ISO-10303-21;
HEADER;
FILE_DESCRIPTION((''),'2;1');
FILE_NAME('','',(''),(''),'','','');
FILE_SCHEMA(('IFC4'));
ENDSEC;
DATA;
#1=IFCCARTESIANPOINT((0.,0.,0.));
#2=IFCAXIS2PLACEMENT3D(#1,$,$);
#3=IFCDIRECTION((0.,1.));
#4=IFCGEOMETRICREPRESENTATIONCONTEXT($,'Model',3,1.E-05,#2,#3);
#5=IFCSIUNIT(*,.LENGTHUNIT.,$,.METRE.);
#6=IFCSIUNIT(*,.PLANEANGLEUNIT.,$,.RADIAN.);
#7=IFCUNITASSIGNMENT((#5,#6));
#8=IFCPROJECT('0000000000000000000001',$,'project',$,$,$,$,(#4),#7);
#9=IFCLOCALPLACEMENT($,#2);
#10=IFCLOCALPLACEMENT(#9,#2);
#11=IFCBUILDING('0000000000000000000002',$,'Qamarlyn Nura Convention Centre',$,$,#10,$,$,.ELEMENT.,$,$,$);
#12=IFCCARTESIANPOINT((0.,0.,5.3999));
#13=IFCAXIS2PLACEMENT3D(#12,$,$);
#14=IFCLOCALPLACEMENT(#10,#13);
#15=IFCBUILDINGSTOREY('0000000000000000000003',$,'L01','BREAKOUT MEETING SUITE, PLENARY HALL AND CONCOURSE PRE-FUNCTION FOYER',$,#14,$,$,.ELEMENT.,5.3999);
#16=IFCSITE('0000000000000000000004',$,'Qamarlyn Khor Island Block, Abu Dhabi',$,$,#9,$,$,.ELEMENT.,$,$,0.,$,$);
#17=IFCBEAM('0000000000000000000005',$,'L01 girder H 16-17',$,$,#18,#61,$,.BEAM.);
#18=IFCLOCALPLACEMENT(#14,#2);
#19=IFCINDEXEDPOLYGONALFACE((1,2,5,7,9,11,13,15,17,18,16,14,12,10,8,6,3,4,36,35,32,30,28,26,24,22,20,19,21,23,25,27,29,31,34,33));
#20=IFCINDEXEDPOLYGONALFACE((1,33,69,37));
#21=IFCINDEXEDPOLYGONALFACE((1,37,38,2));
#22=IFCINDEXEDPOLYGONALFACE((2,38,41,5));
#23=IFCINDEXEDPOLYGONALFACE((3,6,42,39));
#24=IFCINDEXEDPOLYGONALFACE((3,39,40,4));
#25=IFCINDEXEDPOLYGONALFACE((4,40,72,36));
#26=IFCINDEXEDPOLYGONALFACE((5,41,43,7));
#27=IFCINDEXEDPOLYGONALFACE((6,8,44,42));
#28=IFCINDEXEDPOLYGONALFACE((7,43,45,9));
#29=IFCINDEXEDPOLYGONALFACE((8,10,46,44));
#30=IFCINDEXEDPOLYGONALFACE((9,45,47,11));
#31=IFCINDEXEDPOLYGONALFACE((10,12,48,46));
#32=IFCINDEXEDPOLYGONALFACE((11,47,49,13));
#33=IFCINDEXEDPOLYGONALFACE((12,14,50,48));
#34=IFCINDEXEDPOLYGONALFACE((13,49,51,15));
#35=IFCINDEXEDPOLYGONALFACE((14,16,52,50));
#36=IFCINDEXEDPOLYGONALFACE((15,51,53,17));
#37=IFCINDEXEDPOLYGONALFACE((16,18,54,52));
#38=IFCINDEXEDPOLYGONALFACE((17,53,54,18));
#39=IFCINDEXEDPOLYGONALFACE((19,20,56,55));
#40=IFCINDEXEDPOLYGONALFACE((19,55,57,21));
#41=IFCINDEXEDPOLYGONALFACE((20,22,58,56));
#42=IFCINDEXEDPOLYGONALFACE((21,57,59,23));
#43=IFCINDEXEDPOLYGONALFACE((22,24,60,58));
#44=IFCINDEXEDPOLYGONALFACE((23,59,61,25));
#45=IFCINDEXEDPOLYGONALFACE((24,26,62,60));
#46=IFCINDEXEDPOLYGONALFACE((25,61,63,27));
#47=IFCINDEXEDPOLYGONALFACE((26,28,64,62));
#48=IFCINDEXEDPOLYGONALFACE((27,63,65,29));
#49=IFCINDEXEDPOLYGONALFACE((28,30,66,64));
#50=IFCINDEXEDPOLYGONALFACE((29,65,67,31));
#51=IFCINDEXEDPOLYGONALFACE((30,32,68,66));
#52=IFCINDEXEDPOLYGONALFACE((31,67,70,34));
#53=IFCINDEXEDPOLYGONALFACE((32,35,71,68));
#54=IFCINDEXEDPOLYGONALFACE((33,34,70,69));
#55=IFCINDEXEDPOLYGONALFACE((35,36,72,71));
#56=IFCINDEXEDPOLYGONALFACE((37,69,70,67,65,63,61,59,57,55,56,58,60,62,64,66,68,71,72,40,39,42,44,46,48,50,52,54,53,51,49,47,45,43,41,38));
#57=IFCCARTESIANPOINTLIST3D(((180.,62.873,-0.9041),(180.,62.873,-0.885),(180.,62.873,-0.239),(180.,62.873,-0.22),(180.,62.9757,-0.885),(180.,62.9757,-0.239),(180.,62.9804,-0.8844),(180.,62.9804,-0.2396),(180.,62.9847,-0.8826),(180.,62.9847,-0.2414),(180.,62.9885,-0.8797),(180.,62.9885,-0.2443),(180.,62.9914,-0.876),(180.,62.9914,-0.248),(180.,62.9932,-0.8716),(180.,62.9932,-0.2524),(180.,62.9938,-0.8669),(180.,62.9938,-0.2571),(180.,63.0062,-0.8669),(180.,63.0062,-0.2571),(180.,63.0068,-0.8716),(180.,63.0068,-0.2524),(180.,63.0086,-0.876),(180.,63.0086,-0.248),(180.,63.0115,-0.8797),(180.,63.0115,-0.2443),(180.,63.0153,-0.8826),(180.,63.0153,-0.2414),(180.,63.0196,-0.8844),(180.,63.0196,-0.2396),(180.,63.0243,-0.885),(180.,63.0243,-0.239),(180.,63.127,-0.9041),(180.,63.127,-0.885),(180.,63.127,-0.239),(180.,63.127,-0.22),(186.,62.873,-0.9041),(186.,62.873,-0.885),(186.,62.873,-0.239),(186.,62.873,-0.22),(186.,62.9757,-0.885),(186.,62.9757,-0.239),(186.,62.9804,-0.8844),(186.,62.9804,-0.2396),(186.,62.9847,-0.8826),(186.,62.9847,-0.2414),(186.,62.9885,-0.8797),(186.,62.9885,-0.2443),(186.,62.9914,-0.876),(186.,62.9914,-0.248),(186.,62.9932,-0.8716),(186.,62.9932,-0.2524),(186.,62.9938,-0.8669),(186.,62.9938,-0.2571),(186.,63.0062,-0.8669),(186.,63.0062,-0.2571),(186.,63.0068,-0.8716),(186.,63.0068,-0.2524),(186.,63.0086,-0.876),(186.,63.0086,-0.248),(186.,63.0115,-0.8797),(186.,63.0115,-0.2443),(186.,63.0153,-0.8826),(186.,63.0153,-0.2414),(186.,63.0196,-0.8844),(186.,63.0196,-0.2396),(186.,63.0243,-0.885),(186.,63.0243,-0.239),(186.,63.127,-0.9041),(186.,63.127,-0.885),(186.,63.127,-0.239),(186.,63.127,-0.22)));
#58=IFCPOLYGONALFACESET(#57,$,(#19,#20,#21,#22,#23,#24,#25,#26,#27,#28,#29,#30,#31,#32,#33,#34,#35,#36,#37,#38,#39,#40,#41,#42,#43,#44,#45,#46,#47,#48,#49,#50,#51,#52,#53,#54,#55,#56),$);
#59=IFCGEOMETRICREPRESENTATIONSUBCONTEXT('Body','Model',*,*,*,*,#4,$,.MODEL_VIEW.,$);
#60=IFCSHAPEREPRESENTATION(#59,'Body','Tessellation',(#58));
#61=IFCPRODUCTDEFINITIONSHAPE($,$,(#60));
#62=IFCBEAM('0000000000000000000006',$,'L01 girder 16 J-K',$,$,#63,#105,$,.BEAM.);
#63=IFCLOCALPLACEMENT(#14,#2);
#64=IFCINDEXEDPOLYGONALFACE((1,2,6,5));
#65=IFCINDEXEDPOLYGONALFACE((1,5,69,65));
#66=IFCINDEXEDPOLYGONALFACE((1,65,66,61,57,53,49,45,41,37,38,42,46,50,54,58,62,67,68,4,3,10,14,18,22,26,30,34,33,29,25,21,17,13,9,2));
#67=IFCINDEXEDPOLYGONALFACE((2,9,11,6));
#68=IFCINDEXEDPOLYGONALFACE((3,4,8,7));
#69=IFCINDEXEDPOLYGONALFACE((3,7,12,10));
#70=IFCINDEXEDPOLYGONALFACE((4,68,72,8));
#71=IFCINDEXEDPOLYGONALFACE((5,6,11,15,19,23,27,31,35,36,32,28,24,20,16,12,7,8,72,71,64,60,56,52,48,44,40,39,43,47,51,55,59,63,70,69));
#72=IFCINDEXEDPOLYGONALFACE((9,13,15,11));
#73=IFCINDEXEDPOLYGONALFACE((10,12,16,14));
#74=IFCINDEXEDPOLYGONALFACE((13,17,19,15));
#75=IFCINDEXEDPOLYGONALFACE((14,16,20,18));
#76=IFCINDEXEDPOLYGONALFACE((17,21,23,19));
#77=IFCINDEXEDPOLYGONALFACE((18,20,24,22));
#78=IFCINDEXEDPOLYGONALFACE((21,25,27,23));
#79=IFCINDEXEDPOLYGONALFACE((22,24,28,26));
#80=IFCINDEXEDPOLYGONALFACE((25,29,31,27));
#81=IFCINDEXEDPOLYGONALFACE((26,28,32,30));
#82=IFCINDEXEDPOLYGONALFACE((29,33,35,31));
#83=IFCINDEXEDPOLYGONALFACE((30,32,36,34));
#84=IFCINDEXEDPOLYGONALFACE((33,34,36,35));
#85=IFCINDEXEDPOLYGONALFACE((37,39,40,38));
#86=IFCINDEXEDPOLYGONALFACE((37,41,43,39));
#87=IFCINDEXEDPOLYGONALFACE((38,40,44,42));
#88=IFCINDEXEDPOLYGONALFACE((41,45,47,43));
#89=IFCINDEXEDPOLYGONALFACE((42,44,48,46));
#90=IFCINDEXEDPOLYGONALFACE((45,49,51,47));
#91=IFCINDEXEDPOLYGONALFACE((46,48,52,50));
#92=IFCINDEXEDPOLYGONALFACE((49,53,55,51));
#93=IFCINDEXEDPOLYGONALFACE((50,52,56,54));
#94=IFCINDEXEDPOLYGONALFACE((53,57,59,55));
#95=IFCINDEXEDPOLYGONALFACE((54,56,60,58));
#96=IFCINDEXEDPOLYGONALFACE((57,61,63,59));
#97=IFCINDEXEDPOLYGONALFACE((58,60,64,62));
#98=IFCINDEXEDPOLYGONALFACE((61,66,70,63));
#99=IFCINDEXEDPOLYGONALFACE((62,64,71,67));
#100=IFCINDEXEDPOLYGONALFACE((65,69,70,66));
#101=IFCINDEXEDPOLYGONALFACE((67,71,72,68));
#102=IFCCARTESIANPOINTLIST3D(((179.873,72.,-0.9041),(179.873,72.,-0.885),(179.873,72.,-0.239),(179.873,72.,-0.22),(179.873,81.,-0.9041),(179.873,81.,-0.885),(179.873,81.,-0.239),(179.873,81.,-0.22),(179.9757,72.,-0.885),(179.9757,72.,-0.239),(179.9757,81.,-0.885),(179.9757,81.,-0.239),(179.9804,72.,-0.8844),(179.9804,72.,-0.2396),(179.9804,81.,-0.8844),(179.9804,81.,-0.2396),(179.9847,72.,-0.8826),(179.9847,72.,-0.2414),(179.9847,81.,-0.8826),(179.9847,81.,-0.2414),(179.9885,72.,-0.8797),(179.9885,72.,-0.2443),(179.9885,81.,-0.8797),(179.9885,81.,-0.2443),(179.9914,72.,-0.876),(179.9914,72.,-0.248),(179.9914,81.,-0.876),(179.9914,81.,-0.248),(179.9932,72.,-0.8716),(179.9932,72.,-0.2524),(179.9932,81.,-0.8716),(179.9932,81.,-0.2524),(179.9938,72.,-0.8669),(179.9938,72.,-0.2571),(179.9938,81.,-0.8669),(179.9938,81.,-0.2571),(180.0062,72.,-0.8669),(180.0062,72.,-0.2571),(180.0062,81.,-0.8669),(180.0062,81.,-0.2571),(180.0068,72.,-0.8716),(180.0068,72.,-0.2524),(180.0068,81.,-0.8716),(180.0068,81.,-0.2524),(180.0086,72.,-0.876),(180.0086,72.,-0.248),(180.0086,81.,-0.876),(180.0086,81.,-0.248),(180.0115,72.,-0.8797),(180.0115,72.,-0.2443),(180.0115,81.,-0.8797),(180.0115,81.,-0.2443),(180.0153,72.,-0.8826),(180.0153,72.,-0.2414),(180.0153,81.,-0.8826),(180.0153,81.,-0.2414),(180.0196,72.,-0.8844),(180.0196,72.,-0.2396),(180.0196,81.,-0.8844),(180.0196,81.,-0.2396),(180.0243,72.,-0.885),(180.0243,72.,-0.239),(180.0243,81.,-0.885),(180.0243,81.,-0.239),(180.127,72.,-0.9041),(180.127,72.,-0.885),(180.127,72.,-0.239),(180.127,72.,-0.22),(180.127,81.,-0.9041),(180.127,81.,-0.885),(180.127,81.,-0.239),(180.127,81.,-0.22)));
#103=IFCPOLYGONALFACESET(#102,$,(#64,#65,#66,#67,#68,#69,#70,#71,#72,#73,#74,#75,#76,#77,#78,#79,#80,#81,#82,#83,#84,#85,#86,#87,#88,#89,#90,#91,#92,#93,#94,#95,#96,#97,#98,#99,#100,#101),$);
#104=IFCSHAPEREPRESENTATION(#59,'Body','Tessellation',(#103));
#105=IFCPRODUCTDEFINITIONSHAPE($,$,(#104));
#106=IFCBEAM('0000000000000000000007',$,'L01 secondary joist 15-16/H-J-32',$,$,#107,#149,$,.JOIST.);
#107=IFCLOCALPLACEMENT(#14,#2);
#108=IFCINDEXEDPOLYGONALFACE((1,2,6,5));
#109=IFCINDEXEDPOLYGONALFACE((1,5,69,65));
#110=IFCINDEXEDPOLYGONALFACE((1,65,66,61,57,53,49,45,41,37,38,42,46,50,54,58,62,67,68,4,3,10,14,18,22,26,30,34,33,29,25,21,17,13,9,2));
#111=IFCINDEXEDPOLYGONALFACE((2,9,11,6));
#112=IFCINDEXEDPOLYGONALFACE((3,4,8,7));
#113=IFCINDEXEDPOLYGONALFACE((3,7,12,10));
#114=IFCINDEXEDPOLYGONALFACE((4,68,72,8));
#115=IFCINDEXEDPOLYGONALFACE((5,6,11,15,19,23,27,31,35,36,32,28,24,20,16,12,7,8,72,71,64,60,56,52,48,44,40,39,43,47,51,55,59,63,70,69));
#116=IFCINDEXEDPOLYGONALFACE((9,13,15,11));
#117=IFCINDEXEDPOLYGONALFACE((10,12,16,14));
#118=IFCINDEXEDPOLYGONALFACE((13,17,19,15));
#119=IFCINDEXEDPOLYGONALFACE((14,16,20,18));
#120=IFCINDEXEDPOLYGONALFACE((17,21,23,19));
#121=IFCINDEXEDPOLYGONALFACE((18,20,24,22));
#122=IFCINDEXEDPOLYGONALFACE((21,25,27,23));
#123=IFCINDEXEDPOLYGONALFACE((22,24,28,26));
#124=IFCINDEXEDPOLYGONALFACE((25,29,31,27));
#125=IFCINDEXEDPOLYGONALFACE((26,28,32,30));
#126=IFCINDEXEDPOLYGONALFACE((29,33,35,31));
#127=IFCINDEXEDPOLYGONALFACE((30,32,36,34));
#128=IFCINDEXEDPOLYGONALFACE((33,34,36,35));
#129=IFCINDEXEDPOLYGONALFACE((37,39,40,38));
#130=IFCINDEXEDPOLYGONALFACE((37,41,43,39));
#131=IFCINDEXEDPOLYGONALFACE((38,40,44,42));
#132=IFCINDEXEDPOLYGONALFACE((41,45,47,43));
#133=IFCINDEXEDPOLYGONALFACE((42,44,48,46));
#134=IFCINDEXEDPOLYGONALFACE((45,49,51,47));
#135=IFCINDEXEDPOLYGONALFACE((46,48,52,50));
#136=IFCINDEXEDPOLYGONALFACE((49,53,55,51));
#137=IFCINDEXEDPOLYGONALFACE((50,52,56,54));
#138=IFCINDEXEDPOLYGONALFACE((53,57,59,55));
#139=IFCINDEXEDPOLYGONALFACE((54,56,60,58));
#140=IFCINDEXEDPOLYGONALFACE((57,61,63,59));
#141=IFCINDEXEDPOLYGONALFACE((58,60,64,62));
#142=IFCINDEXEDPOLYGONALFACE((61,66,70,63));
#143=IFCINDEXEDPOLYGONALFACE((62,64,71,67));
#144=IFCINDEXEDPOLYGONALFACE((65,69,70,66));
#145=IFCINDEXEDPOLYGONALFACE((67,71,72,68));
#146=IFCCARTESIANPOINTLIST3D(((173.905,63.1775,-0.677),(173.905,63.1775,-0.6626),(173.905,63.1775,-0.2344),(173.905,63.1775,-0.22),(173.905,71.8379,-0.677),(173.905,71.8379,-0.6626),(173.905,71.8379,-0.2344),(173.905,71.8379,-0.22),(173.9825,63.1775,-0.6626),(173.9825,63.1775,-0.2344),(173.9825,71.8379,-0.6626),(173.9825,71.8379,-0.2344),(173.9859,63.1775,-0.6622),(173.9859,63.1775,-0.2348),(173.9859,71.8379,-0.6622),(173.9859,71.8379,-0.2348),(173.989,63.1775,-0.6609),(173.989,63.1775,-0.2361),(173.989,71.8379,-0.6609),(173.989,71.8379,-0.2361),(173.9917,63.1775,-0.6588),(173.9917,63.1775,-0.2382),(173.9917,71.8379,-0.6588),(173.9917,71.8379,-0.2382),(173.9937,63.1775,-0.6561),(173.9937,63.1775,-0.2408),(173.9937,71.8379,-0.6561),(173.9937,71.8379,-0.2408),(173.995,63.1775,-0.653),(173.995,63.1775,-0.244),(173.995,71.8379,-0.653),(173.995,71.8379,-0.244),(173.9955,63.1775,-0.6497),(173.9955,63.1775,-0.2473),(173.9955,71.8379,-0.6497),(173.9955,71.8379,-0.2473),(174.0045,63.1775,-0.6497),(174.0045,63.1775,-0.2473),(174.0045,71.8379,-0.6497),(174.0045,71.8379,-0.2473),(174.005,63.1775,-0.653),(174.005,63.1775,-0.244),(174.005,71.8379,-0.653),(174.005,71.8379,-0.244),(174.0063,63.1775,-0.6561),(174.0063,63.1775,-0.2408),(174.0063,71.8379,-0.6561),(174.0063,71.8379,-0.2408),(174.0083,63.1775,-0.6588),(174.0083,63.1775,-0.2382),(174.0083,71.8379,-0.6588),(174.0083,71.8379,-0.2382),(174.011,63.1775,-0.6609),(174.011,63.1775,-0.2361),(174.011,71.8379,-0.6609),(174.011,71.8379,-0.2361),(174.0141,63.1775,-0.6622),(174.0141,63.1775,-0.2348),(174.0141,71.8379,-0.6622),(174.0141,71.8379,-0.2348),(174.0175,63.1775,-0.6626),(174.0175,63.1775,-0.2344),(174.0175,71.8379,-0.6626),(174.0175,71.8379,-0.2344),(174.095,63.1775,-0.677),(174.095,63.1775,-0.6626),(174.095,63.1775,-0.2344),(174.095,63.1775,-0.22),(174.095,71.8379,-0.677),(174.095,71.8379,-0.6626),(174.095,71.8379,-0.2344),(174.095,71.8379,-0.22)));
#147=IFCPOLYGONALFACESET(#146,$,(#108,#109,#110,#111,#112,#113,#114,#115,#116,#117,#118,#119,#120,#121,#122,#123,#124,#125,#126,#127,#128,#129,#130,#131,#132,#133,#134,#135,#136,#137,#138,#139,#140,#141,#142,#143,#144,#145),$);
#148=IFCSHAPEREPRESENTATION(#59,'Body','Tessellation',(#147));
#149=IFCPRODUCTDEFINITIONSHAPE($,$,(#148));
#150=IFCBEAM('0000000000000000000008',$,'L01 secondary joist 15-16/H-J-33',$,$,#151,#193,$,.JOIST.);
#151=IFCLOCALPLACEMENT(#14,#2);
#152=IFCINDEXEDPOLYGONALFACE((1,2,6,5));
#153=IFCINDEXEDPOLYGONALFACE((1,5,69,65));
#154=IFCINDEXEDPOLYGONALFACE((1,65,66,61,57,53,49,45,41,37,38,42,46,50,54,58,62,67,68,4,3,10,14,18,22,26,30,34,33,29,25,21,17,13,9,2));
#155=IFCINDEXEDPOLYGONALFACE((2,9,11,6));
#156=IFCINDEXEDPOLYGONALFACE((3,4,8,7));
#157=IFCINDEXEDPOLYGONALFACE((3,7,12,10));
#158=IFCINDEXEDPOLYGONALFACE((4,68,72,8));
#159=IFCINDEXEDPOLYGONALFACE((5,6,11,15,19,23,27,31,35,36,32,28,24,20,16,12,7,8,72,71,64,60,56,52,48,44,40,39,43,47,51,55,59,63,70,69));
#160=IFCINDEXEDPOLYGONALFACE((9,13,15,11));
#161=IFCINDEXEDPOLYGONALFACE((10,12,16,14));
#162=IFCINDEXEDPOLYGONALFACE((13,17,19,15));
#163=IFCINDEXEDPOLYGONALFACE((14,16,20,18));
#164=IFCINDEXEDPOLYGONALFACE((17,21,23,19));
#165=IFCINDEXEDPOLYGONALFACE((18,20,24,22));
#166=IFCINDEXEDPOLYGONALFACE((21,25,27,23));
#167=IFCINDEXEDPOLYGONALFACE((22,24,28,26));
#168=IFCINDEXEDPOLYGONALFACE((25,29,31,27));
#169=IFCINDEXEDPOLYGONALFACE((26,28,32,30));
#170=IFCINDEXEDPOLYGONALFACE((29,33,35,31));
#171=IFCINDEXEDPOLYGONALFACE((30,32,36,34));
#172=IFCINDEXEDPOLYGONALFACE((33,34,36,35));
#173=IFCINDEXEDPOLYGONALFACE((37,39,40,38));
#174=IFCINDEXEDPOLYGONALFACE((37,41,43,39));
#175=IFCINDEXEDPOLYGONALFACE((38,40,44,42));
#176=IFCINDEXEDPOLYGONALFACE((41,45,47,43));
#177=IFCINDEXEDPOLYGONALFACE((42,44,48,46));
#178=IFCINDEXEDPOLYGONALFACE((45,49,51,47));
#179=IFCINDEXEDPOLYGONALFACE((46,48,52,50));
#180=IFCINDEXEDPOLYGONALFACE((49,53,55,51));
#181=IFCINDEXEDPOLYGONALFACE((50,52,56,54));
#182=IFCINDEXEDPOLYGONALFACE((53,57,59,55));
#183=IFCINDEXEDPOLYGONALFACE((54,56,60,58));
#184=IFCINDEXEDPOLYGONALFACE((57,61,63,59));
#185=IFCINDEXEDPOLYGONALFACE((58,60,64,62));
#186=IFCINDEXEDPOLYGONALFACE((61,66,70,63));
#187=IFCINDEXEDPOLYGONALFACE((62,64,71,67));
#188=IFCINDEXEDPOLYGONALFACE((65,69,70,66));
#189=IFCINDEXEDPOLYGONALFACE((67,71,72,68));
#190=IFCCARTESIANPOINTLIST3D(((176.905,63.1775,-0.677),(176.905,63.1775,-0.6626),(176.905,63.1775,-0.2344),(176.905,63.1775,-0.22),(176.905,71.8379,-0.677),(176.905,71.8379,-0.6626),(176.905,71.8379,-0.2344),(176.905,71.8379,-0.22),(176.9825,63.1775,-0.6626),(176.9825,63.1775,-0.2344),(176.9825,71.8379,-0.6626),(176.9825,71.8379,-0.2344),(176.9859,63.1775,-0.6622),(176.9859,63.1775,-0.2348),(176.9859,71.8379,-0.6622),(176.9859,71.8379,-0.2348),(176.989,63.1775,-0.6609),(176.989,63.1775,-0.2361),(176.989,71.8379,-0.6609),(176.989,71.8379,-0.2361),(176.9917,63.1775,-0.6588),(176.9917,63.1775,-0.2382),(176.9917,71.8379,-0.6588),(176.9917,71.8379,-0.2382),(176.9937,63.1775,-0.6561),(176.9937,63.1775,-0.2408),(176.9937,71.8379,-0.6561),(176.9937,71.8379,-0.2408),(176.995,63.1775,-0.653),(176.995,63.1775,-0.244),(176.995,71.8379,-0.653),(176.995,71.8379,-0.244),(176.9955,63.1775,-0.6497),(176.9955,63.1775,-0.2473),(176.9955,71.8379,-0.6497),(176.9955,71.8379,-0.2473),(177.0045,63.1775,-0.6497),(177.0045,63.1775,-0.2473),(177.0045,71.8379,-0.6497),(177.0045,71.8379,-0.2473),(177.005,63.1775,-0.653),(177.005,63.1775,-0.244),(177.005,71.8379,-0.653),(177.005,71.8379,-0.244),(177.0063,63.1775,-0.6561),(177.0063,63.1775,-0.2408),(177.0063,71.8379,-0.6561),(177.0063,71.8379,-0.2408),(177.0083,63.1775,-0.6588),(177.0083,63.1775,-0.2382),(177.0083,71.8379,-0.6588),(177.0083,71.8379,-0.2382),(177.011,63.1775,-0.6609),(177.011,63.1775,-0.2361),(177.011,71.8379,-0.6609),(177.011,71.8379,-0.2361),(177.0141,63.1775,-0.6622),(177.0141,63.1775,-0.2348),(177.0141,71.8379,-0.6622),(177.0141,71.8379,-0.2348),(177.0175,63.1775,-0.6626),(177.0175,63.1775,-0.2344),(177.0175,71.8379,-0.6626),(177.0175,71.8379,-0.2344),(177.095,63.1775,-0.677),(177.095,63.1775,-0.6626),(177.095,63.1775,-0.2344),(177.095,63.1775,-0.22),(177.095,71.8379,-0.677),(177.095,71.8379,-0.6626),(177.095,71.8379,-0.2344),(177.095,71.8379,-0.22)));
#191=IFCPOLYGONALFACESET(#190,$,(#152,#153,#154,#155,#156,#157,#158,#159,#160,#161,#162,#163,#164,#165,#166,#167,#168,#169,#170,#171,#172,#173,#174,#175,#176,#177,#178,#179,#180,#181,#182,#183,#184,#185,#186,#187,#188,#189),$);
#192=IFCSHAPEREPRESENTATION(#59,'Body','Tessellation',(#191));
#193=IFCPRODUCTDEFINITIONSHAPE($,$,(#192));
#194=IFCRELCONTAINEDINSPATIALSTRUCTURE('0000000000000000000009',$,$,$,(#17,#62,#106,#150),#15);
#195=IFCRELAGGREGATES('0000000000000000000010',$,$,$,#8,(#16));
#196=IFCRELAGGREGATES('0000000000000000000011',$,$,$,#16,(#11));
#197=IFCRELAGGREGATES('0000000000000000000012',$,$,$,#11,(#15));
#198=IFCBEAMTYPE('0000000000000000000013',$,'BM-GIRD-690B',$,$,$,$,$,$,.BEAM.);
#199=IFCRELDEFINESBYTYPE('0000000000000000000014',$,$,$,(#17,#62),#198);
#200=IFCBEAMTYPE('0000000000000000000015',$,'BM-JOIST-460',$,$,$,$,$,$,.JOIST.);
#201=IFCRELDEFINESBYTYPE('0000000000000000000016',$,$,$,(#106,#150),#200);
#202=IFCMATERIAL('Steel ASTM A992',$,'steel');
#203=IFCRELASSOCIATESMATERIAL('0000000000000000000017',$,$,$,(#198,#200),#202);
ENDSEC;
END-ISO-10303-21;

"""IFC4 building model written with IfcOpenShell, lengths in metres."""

from ifc_helpers import new_model, si_unit, direction, frame, origin, origin_2d, place, context, subcontext, project, spatial, i_section, extrude, material, material_profile, profile_set, type_object, element, save


model = new_model("IFC4")

# Units and contexts
model_context = context("Model", 3, precision=1e-05, world=origin(), true_north=direction((0.0, 1.0)))
body_context = subcontext(model_context, "Body", "Model", "MODEL_VIEW")
ifc_project = project(units=[si_unit("LENGTHUNIT", "METRE"), si_unit("PLANEANGLEUNIT", "RADIAN")], contexts=[model_context])

# Site, building, storey
site_placement = place(None, origin())
site = spatial("IfcSite", under=ifc_project, at=site_placement, Name="Qamarlyn Khor Island Block, Abu Dhabi", CompositionType="ELEMENT", RefElevation=0.0)
building_placement = place(site_placement, origin())
building = spatial("IfcBuilding", under=site, at=building_placement, Name="Qamarlyn Nura Convention Centre", CompositionType="ELEMENT")
storey_placement = place(building_placement, frame((0.0, 0.0, 5.3999)))
storey = spatial("IfcBuildingStorey", under=building, at=storey_placement, Name="L01", Description="BREAKOUT MEETING SUITE, PLENARY HALL AND CONCOURSE PRE-FUNCTION FOYER", CompositionType="ELEMENT", Elevation=5.3999)

# Shared definitions
ifc_material_1 = material(Name="Steel ASTM A992", Category="steel")

# Beams
ifc_material_profile_1 = material_profile(ifc_material_1, i_section(OverallWidth=0.2539, OverallDepth=0.6841, WebThickness=0.0125, FlangeThickness=0.019, FilletRadius=0.0181, at=origin_2d()), Name="W690X140")
ifc_profile_set_1 = profile_set([ifc_material_profile_1], Name="Steel ASTM A992")
beam_type_1 = type_object("IfcBeamType", Name="BM-GIRD-690B", PredefinedType="BEAM", material=ifc_profile_set_1)
beam_1_placement = place(storey_placement, frame((180.0, 63.0, -0.562), z_axis=(1.0, 0.0, 0.0), x_axis=(0.0, 1.0, 0.0)))
element("IfcBeam", 1, at=beam_1_placement, inside=storey, type_object=beam_type_1, Name="L01 girder H 16-17", PredefinedType="BEAM", context=body_context, shape_type="SweptSolid", body=[
    extrude(i_section(OverallWidth=0.2539, OverallDepth=0.6841, WebThickness=0.0125, FlangeThickness=0.019, FilletRadius=0.0181, at=origin_2d()), origin(), (0.0, 0.0, 1.0), 6.0),
])
beam_2_placement = place(storey_placement, frame((180.0, 72.0, -0.562), z_axis=(0.0, 1.0, 0.0), x_axis=(-1.0, 0.0, 0.0)))
element("IfcBeam", 2, at=beam_2_placement, inside=storey, type_object=beam_type_1, Name="L01 girder 16 J-K", PredefinedType="BEAM", context=body_context, shape_type="SweptSolid", body=[
    extrude(i_section(OverallWidth=0.2539, OverallDepth=0.6841, WebThickness=0.0125, FlangeThickness=0.019, FilletRadius=0.0181, at=origin_2d()), origin(), (0.0, 0.0, 1.0), 9.0),
])
ifc_material_profile_2 = material_profile(ifc_material_1, i_section(OverallWidth=0.1899, OverallDepth=0.457, WebThickness=0.009, FlangeThickness=0.0144, FilletRadius=0.0129, at=origin_2d()), Name="W460X74")
ifc_profile_set_2 = profile_set([ifc_material_profile_2], Name="Steel ASTM A992")
beam_type_2 = type_object("IfcBeamType", Name="BM-JOIST-460", PredefinedType="JOIST", material=ifc_profile_set_2)
for number, where, z_axis, x_axis, name in (
    (3, (174.0, 63.1775, -0.4485), (0.0, 1.0, 0.0), (-1.0, 0.0, 0.0), "L01 secondary joist 15-16/H-J-32"),
    (4, (177.0, 63.1775, -0.4485), (0.0, 1.0, 0.0), (-1.0, 0.0, 0.0), "L01 secondary joist 15-16/H-J-33"),
):
    element("IfcBeam", number, at=place(storey_placement, frame(where, z_axis=z_axis, x_axis=x_axis)), inside=storey, type_object=beam_type_2, Name=name, PredefinedType="JOIST", context=body_context, shape_type="SweptSolid", body=[
        extrude(i_section(OverallWidth=0.1899, OverallDepth=0.457, WebThickness=0.009, FlangeThickness=0.0144, FilletRadius=0.0129, at=origin_2d()), origin(), (0.0, 0.0, 1.0), 8.6604),
    ])

save(model, "model.ifc")
